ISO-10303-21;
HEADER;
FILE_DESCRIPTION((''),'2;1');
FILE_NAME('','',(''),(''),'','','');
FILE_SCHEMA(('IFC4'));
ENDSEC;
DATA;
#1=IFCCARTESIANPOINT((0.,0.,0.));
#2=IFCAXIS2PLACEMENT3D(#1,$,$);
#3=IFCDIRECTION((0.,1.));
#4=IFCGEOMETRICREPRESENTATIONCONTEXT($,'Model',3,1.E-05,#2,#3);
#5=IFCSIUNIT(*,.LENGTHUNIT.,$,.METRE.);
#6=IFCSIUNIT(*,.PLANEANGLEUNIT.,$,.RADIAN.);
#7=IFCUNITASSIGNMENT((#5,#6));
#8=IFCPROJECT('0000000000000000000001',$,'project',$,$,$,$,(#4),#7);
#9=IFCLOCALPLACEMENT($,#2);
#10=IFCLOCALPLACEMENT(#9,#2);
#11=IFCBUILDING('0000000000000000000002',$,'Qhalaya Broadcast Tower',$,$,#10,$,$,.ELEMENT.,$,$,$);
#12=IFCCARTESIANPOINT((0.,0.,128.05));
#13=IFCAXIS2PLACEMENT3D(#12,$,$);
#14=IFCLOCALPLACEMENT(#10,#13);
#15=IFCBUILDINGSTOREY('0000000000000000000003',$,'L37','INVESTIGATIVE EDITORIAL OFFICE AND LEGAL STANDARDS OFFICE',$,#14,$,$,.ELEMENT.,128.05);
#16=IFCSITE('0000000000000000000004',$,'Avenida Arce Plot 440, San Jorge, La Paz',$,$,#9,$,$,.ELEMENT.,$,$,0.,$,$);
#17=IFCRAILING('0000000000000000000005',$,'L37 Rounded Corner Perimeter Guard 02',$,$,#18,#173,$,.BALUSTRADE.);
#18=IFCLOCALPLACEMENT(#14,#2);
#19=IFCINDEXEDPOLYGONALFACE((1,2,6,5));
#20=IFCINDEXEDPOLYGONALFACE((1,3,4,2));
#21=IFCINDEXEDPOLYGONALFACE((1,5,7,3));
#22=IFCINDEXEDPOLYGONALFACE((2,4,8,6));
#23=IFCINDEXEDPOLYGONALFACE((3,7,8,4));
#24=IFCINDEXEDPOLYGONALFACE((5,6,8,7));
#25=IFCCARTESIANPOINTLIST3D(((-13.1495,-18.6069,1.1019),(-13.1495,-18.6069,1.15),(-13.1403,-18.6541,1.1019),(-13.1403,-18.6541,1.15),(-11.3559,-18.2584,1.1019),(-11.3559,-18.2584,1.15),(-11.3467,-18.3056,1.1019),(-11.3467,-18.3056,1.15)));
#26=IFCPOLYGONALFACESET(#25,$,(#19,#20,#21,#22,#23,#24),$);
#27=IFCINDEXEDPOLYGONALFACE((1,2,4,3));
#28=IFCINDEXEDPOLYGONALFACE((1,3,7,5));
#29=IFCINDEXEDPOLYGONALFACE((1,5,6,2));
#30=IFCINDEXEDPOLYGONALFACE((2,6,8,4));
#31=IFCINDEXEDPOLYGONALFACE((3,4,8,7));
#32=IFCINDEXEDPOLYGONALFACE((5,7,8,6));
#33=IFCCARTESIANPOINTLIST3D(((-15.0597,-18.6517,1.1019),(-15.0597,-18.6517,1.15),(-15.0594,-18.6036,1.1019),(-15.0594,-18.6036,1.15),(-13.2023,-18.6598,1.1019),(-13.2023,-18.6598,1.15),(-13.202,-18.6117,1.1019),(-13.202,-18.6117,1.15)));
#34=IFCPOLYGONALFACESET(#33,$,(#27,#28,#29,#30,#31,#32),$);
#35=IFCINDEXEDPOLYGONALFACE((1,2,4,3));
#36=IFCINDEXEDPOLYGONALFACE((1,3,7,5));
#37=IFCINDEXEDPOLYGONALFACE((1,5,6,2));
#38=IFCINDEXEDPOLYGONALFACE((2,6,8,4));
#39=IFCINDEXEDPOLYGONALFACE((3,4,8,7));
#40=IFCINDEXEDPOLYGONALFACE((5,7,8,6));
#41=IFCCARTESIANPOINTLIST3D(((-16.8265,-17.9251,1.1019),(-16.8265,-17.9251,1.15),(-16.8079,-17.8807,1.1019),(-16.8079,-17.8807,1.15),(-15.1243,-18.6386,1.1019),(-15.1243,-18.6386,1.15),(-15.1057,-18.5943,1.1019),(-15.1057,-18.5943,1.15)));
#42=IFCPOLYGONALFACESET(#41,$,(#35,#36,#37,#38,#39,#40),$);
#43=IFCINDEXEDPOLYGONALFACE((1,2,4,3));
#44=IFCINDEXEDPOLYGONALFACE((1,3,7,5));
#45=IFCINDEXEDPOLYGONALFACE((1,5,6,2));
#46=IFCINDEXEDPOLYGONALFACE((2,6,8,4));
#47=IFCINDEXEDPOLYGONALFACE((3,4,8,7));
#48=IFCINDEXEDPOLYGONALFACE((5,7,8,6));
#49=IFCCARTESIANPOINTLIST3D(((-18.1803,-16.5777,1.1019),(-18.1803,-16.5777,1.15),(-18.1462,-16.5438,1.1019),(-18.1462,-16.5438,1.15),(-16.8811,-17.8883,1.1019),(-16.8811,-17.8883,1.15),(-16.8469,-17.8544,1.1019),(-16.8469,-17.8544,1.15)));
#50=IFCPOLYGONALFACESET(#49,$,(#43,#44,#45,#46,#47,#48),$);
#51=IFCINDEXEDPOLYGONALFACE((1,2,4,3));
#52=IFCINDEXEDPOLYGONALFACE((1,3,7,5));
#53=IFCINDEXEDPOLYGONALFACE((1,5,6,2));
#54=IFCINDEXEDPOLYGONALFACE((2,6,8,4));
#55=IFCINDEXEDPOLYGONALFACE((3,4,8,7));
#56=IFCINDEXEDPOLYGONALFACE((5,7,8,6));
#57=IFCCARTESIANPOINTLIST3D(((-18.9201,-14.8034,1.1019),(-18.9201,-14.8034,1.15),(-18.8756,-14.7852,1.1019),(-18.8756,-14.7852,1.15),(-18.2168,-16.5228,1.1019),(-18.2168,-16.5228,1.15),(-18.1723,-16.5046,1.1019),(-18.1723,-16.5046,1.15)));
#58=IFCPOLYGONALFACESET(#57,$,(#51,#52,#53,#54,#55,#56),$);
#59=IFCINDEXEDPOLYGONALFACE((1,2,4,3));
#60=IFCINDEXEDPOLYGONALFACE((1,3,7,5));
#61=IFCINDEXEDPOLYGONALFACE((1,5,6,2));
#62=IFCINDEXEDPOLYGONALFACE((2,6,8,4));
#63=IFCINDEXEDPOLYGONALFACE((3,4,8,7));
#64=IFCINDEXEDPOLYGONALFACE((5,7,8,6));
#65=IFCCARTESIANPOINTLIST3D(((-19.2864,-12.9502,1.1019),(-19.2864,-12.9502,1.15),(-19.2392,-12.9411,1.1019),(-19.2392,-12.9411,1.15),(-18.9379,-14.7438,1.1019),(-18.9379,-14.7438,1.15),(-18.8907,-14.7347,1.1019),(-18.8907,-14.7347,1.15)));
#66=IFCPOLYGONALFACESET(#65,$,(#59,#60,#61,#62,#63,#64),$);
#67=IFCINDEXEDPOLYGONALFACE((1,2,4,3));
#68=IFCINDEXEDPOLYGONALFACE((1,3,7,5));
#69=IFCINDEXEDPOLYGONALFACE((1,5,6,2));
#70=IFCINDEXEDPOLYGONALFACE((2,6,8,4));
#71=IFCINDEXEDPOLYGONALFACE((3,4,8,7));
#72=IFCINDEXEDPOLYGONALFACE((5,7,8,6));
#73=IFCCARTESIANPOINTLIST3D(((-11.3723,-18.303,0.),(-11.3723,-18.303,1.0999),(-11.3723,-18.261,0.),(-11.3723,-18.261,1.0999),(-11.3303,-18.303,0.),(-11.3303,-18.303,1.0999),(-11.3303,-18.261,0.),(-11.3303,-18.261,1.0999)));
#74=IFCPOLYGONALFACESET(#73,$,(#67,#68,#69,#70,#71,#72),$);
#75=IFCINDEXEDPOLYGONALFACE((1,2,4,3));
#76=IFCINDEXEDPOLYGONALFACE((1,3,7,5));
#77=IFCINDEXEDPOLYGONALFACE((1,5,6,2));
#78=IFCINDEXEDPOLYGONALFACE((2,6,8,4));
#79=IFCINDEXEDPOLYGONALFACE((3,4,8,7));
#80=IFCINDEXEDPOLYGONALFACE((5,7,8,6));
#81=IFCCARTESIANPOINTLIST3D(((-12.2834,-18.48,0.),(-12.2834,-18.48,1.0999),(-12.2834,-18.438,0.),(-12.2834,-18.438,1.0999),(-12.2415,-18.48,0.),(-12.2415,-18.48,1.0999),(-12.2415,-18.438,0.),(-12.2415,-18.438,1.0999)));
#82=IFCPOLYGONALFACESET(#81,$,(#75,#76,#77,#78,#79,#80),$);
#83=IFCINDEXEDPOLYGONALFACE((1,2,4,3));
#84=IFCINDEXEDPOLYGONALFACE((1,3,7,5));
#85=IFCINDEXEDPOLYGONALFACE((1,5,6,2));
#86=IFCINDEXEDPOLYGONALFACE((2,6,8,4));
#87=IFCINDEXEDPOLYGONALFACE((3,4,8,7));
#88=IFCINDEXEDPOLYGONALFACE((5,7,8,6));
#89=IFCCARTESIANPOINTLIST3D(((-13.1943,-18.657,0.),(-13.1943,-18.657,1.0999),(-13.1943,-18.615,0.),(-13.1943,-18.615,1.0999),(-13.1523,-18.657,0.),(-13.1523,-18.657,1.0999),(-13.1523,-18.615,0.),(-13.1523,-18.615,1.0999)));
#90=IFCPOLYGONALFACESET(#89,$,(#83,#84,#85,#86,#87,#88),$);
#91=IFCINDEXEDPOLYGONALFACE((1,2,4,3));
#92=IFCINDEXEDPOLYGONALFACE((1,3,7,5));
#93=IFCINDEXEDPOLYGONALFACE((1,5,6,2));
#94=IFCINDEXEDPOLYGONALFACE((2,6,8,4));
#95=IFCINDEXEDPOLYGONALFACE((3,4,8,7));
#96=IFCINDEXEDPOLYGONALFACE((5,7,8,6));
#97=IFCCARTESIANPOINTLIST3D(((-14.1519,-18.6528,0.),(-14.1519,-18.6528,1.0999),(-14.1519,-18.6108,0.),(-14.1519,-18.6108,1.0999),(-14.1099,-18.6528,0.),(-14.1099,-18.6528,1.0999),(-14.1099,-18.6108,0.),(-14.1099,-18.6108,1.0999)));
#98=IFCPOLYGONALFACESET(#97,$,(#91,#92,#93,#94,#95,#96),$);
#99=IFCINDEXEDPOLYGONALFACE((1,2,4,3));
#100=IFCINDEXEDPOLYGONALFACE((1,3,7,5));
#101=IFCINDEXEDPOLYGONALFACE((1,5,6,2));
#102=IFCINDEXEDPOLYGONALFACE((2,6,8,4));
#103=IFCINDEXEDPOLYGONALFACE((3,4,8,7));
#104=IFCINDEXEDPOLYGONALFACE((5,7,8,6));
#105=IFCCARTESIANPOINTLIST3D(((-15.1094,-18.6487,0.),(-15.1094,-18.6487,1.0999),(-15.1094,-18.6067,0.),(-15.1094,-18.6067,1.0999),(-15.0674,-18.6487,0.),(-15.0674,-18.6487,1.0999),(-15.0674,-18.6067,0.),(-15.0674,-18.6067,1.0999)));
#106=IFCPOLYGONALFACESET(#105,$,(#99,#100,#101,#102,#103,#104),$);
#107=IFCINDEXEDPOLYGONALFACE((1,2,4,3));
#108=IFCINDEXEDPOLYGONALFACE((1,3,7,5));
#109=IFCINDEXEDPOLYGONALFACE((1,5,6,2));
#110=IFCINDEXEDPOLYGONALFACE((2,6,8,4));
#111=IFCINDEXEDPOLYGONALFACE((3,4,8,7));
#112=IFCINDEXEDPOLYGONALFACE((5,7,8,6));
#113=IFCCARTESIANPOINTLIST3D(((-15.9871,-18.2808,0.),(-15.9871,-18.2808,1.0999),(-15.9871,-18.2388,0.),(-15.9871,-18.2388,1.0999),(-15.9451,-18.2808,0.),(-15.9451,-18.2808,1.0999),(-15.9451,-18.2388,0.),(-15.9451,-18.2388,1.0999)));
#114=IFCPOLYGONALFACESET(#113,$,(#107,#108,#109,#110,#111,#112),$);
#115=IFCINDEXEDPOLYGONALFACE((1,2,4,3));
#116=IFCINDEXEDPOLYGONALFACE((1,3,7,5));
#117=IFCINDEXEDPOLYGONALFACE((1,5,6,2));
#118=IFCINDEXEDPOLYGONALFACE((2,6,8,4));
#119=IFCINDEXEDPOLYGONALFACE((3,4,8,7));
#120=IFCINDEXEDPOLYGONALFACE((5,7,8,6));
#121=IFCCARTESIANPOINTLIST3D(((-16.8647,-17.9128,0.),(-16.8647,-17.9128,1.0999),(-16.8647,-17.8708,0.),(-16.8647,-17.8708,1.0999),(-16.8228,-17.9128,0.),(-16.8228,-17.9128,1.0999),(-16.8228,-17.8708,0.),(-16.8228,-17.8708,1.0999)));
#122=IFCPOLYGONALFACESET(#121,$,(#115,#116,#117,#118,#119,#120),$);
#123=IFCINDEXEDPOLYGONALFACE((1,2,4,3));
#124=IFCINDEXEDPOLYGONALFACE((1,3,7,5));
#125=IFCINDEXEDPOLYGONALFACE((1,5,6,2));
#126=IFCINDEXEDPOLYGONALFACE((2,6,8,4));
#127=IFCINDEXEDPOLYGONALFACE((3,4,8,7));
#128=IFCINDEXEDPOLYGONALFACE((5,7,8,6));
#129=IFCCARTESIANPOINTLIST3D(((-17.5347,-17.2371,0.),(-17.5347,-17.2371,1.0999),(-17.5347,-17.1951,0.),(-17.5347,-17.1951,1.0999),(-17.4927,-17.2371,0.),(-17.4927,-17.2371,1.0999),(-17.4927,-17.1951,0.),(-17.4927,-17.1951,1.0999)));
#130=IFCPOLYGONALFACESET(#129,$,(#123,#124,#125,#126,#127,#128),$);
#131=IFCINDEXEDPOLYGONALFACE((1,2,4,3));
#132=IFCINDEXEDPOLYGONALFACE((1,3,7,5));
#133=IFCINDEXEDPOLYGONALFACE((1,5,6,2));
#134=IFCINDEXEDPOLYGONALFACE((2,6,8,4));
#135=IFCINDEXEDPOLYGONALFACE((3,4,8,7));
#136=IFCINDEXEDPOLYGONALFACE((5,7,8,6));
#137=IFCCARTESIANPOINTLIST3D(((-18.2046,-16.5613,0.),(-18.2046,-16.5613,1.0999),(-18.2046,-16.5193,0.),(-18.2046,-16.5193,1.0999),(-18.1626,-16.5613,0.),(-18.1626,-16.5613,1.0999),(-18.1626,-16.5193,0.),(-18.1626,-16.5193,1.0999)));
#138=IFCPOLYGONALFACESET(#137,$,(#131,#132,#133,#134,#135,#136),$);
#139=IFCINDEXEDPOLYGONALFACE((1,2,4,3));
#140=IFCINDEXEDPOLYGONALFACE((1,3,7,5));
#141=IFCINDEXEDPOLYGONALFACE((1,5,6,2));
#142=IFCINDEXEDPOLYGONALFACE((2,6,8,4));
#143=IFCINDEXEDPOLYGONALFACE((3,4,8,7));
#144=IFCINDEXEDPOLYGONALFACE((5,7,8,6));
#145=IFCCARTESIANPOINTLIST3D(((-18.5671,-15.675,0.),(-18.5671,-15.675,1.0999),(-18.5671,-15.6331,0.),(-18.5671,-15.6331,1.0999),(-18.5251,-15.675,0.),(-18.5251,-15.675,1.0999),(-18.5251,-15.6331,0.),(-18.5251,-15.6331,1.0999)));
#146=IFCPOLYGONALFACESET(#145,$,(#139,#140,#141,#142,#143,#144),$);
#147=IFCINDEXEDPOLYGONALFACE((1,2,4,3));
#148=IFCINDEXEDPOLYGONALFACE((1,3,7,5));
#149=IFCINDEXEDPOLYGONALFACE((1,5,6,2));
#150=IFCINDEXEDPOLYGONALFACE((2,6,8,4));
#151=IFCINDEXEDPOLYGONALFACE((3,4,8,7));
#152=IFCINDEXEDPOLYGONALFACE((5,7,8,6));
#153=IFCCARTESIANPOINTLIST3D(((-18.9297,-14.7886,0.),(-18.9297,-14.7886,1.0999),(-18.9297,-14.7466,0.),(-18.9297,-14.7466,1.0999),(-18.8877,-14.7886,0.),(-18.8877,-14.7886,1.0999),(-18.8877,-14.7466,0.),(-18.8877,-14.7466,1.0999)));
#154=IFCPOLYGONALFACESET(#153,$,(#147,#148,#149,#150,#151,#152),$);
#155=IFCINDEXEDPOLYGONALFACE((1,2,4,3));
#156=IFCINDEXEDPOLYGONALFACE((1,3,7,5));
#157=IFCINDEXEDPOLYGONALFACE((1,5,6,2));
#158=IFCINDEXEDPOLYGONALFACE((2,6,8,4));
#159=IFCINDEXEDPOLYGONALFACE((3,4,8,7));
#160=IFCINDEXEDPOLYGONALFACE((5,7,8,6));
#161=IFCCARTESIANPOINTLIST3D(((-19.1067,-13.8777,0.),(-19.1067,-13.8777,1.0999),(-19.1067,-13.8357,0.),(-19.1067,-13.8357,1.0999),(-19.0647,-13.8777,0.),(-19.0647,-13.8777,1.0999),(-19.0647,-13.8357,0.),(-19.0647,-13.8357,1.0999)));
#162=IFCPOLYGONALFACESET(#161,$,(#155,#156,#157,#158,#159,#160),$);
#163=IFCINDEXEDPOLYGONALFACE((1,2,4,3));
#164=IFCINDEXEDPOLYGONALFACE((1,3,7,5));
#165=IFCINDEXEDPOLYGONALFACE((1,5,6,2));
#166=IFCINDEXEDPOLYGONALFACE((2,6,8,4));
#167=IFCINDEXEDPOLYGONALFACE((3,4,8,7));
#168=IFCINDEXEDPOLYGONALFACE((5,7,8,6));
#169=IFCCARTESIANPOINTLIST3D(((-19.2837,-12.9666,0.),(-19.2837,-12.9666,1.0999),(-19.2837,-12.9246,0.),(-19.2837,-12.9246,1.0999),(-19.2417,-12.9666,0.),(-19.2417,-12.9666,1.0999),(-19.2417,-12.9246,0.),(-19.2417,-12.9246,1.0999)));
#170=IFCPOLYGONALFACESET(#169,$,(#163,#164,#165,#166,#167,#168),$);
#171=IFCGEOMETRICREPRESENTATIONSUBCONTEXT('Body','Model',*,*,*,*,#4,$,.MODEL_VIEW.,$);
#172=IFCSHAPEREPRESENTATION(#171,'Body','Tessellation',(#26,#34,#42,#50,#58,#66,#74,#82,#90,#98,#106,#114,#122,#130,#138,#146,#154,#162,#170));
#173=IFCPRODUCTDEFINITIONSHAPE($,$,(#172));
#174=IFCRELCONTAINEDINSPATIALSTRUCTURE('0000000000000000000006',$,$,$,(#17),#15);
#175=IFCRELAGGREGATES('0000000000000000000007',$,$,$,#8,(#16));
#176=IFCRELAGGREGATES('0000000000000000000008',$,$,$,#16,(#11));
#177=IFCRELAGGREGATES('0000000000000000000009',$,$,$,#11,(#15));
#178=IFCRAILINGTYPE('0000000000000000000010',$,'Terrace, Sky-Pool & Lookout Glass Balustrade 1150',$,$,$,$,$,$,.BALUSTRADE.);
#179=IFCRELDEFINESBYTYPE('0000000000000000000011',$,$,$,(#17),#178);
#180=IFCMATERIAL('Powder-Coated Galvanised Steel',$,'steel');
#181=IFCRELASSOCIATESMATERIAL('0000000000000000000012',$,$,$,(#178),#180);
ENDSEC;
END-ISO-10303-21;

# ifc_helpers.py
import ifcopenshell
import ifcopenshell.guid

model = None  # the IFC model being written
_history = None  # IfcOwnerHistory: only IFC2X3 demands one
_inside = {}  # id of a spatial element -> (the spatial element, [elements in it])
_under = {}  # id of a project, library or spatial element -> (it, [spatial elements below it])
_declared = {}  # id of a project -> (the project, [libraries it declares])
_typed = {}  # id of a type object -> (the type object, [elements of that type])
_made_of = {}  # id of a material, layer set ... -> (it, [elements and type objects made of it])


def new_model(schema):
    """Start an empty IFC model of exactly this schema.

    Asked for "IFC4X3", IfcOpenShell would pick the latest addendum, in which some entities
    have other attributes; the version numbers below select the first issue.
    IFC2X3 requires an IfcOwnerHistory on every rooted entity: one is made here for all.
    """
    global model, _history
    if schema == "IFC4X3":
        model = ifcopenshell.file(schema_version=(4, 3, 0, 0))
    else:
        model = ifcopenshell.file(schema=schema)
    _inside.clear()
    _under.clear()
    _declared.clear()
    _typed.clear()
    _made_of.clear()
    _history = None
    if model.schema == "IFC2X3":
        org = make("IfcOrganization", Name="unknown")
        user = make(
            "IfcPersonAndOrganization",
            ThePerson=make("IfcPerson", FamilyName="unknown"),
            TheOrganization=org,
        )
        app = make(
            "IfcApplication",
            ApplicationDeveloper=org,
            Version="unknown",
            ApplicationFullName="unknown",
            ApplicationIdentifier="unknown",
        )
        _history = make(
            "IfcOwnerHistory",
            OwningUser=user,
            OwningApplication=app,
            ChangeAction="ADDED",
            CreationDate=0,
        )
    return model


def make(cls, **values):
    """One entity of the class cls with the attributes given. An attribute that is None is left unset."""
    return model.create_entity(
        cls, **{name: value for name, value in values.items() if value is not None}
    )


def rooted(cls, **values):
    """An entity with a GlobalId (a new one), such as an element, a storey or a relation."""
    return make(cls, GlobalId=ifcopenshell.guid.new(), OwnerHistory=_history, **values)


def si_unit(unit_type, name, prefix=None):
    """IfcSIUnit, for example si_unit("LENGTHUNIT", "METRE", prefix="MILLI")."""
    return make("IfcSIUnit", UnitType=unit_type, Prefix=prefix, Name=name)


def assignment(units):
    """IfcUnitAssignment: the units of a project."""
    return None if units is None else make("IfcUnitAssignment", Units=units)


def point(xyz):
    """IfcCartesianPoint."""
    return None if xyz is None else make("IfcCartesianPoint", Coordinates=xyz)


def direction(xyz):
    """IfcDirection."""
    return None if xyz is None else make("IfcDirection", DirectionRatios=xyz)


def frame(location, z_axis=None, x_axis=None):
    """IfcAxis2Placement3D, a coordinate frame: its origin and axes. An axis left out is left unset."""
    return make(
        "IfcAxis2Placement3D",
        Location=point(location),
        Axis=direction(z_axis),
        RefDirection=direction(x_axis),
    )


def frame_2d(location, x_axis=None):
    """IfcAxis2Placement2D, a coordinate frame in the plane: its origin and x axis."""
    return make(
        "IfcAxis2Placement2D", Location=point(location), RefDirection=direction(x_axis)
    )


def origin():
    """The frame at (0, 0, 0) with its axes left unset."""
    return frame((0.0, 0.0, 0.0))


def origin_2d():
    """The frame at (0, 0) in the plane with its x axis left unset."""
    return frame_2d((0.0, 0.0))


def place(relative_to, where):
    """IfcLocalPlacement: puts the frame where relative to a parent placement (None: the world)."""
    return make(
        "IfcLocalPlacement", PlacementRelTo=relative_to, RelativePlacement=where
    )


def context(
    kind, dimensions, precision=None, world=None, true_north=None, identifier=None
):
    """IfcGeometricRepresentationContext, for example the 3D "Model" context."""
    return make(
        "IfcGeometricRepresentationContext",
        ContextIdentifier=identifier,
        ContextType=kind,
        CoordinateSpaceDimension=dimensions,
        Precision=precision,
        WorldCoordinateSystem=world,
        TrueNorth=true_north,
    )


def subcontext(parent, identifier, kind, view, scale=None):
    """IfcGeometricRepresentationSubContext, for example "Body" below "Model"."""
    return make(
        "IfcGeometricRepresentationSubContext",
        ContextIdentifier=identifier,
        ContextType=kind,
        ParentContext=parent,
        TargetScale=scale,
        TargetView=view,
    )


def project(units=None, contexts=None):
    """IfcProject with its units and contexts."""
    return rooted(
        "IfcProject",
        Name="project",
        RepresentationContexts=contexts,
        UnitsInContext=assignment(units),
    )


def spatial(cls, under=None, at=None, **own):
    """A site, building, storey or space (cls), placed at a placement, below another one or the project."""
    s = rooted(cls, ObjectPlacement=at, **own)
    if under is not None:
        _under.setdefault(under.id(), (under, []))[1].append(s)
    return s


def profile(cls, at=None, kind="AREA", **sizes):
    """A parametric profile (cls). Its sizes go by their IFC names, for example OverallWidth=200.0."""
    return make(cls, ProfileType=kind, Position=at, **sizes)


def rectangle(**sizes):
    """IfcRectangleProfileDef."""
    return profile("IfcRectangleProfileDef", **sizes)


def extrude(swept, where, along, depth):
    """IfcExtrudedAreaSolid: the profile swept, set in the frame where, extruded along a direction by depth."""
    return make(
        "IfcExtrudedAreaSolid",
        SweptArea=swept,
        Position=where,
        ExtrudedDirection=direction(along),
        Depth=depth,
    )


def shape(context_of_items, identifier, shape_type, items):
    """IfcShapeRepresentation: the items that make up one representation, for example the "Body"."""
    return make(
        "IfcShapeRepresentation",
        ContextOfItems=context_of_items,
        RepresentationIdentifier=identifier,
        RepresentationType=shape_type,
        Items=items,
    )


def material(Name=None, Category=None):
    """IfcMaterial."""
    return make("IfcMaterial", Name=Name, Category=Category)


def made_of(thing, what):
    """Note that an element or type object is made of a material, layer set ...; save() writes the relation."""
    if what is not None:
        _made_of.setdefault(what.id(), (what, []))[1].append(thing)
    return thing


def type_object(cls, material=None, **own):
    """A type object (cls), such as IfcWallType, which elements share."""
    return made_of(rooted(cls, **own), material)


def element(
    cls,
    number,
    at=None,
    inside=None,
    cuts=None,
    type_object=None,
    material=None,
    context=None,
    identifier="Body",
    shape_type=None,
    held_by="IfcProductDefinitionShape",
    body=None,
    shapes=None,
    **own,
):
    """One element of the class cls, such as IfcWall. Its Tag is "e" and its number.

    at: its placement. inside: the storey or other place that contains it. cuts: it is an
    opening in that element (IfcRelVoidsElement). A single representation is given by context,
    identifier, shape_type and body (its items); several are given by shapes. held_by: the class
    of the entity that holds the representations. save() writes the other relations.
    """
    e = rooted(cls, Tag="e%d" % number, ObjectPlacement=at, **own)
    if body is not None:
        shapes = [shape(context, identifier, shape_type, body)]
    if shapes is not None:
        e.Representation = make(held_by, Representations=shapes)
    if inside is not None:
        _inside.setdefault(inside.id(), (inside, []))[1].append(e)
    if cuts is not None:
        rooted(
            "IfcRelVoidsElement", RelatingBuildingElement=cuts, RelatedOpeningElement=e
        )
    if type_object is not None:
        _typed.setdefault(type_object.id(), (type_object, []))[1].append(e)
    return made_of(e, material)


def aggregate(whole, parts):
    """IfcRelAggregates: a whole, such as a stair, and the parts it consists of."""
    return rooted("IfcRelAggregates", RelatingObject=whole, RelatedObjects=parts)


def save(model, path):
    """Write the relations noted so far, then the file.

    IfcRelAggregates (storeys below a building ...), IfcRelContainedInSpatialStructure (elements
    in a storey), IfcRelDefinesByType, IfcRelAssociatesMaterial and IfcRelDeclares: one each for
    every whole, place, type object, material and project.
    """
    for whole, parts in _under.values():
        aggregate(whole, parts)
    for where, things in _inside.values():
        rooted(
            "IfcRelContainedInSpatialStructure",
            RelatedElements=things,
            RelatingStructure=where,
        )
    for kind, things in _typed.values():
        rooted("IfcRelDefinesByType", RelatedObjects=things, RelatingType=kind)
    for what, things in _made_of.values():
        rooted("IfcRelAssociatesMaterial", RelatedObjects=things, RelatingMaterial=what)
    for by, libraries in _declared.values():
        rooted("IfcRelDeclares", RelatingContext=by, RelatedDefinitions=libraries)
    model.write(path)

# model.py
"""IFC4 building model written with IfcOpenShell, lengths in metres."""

from ifc_helpers import new_model, si_unit, direction, frame, origin, origin_2d, place, context, subcontext, project, spatial, rectangle, extrude, material, type_object, element, save


model = new_model("IFC4")

# Units and contexts
model_context = context("Model", 3, precision=1e-05, world=origin(), true_north=direction((0.0, 1.0)))
body_context = subcontext(model_context, "Body", "Model", "MODEL_VIEW")
ifc_project = project(units=[si_unit("LENGTHUNIT", "METRE"), si_unit("PLANEANGLEUNIT", "RADIAN")], contexts=[model_context])

# Site, building, storey
site_placement = place(None, origin())
site = spatial("IfcSite", under=ifc_project, at=site_placement, Name="Avenida Arce Plot 440, San Jorge, La Paz", CompositionType="ELEMENT", RefElevation=0.0)
building_placement = place(site_placement, origin())
building = spatial("IfcBuilding", under=site, at=building_placement, Name="Qhalaya Broadcast Tower", CompositionType="ELEMENT")
storey_placement = place(building_placement, frame((0.0, 0.0, 128.05)))
storey = spatial("IfcBuildingStorey", under=building, at=storey_placement, Name="L37", Description="INVESTIGATIVE EDITORIAL OFFICE AND LEGAL STANDARDS OFFICE", CompositionType="ELEMENT", Elevation=128.05)

# Railing
ifc_material_1 = material(Name="Powder-Coated Galvanised Steel", Category="steel")
railing_type = type_object("IfcRailingType", Name="Terrace, Sky-Pool & Lookout Glass Balustrade 1150", PredefinedType="BALUSTRADE", material=ifc_material_1)
railing_placement = place(storey_placement, frame((-11.3513, -18.282, 0.0)))
element("IfcRailing", 1, at=railing_placement, inside=storey, type_object=railing_type, Name="L37 Rounded Corner Perimeter Guard 02", PredefinedType="BALUSTRADE", context=body_context, shape_type="SweptSolid", body=[
    extrude(rectangle(XDim=0.0481, YDim=0.0481, at=origin_2d()), frame((0.0, 0.0, 1.126), z_axis=(-0.981643, -0.190725, 0.0), x_axis=(0.190725, -0.981643, 0.0)), (0.0, 0.0, 1.0), 1.8271),
    extrude(rectangle(XDim=0.0481, YDim=0.0481, at=origin_2d()), frame((-1.8508, -0.3538, 1.126), z_axis=(-0.999991, 0.004334, 0.0), x_axis=(-0.004334, -0.999991, 0.0)), (0.0, 0.0, 1.0), 1.8574),
    extrude(rectangle(XDim=0.0481, YDim=0.0481, at=origin_2d()), frame((-3.7637, -0.3345, 1.126), z_axis=(-0.922247, 0.3866, 0.0), x_axis=(-0.3866, -0.922247, 0.0)), (0.0, 0.0, 1.0), 1.8457),
    extrude(rectangle(XDim=0.0481, YDim=0.0481, at=origin_2d()), frame((-5.5127, 0.4106, 1.126), z_axis=(-0.704021, 0.710179, 0.0), x_axis=(-0.710179, -0.704021, 0.0)), (0.0, 0.0, 1.0), 1.8455),
    extrude(rectangle(XDim=0.0481, YDim=0.0481, at=origin_2d()), frame((-6.8433, 1.7683, 1.126), z_axis=(-0.378588, 0.925565, 0.0), x_axis=(-0.925565, -0.378588, 0.0)), (0.0, 0.0, 1.0), 1.8577),
    extrude(rectangle(XDim=0.0481, YDim=0.0481, at=origin_2d()), frame((-7.563, 3.5427, 1.126), z_axis=(-0.190725, 0.981643, 0.0), x_axis=(-0.981643, -0.190725, 0.0)), (0.0, 0.0, 1.0), 1.8271),
    extrude(rectangle(XDim=0.042, YDim=0.042, at=origin_2d()), origin(), (0.0, 0.0, 1.0), 1.0999),
    extrude(rectangle(XDim=0.042, YDim=0.042, at=origin_2d()), frame((-0.9111, -0.177, 0.0)), (0.0, 0.0, 1.0), 1.0999),
    extrude(rectangle(XDim=0.042, YDim=0.042, at=origin_2d()), frame((-1.822, -0.354, 0.0)), (0.0, 0.0, 1.0), 1.0999),
    extrude(rectangle(XDim=0.042, YDim=0.042, at=origin_2d()), frame((-2.7795, -0.3499, 0.0)), (0.0, 0.0, 1.0), 1.0999),
    extrude(rectangle(XDim=0.042, YDim=0.042, at=origin_2d()), frame((-3.7371, -0.3457, 0.0)), (0.0, 0.0, 1.0), 1.0999),
    extrude(rectangle(XDim=0.042, YDim=0.042, at=origin_2d()), frame((-4.6147, 0.0222, 0.0)), (0.0, 0.0, 1.0), 1.0999),
    extrude(rectangle(XDim=0.042, YDim=0.042, at=origin_2d()), frame((-5.4924, 0.3901, 0.0)), (0.0, 0.0, 1.0), 1.0999),
    extrude(rectangle(XDim=0.042, YDim=0.042, at=origin_2d()), frame((-6.1624, 1.0659, 0.0)), (0.0, 0.0, 1.0), 1.0999),
    extrude(rectangle(XDim=0.042, YDim=0.042, at=origin_2d()), frame((-6.8323, 1.7417, 0.0)), (0.0, 0.0, 1.0), 1.0999),
    extrude(rectangle(XDim=0.042, YDim=0.042, at=origin_2d()), frame((-7.1948, 2.6279, 0.0)), (0.0, 0.0, 1.0), 1.0999),
    extrude(rectangle(XDim=0.042, YDim=0.042, at=origin_2d()), frame((-7.5574, 3.5144, 0.0)), (0.0, 0.0, 1.0), 1.0999),
    extrude(rectangle(XDim=0.042, YDim=0.042, at=origin_2d()), frame((-7.7344, 4.4253, 0.0)), (0.0, 0.0, 1.0), 1.0999),
    extrude(rectangle(XDim=0.042, YDim=0.042, at=origin_2d()), frame((-7.9114, 5.3364, 0.0)), (0.0, 0.0, 1.0), 1.0999),
])

save(model, "model.ifc")
